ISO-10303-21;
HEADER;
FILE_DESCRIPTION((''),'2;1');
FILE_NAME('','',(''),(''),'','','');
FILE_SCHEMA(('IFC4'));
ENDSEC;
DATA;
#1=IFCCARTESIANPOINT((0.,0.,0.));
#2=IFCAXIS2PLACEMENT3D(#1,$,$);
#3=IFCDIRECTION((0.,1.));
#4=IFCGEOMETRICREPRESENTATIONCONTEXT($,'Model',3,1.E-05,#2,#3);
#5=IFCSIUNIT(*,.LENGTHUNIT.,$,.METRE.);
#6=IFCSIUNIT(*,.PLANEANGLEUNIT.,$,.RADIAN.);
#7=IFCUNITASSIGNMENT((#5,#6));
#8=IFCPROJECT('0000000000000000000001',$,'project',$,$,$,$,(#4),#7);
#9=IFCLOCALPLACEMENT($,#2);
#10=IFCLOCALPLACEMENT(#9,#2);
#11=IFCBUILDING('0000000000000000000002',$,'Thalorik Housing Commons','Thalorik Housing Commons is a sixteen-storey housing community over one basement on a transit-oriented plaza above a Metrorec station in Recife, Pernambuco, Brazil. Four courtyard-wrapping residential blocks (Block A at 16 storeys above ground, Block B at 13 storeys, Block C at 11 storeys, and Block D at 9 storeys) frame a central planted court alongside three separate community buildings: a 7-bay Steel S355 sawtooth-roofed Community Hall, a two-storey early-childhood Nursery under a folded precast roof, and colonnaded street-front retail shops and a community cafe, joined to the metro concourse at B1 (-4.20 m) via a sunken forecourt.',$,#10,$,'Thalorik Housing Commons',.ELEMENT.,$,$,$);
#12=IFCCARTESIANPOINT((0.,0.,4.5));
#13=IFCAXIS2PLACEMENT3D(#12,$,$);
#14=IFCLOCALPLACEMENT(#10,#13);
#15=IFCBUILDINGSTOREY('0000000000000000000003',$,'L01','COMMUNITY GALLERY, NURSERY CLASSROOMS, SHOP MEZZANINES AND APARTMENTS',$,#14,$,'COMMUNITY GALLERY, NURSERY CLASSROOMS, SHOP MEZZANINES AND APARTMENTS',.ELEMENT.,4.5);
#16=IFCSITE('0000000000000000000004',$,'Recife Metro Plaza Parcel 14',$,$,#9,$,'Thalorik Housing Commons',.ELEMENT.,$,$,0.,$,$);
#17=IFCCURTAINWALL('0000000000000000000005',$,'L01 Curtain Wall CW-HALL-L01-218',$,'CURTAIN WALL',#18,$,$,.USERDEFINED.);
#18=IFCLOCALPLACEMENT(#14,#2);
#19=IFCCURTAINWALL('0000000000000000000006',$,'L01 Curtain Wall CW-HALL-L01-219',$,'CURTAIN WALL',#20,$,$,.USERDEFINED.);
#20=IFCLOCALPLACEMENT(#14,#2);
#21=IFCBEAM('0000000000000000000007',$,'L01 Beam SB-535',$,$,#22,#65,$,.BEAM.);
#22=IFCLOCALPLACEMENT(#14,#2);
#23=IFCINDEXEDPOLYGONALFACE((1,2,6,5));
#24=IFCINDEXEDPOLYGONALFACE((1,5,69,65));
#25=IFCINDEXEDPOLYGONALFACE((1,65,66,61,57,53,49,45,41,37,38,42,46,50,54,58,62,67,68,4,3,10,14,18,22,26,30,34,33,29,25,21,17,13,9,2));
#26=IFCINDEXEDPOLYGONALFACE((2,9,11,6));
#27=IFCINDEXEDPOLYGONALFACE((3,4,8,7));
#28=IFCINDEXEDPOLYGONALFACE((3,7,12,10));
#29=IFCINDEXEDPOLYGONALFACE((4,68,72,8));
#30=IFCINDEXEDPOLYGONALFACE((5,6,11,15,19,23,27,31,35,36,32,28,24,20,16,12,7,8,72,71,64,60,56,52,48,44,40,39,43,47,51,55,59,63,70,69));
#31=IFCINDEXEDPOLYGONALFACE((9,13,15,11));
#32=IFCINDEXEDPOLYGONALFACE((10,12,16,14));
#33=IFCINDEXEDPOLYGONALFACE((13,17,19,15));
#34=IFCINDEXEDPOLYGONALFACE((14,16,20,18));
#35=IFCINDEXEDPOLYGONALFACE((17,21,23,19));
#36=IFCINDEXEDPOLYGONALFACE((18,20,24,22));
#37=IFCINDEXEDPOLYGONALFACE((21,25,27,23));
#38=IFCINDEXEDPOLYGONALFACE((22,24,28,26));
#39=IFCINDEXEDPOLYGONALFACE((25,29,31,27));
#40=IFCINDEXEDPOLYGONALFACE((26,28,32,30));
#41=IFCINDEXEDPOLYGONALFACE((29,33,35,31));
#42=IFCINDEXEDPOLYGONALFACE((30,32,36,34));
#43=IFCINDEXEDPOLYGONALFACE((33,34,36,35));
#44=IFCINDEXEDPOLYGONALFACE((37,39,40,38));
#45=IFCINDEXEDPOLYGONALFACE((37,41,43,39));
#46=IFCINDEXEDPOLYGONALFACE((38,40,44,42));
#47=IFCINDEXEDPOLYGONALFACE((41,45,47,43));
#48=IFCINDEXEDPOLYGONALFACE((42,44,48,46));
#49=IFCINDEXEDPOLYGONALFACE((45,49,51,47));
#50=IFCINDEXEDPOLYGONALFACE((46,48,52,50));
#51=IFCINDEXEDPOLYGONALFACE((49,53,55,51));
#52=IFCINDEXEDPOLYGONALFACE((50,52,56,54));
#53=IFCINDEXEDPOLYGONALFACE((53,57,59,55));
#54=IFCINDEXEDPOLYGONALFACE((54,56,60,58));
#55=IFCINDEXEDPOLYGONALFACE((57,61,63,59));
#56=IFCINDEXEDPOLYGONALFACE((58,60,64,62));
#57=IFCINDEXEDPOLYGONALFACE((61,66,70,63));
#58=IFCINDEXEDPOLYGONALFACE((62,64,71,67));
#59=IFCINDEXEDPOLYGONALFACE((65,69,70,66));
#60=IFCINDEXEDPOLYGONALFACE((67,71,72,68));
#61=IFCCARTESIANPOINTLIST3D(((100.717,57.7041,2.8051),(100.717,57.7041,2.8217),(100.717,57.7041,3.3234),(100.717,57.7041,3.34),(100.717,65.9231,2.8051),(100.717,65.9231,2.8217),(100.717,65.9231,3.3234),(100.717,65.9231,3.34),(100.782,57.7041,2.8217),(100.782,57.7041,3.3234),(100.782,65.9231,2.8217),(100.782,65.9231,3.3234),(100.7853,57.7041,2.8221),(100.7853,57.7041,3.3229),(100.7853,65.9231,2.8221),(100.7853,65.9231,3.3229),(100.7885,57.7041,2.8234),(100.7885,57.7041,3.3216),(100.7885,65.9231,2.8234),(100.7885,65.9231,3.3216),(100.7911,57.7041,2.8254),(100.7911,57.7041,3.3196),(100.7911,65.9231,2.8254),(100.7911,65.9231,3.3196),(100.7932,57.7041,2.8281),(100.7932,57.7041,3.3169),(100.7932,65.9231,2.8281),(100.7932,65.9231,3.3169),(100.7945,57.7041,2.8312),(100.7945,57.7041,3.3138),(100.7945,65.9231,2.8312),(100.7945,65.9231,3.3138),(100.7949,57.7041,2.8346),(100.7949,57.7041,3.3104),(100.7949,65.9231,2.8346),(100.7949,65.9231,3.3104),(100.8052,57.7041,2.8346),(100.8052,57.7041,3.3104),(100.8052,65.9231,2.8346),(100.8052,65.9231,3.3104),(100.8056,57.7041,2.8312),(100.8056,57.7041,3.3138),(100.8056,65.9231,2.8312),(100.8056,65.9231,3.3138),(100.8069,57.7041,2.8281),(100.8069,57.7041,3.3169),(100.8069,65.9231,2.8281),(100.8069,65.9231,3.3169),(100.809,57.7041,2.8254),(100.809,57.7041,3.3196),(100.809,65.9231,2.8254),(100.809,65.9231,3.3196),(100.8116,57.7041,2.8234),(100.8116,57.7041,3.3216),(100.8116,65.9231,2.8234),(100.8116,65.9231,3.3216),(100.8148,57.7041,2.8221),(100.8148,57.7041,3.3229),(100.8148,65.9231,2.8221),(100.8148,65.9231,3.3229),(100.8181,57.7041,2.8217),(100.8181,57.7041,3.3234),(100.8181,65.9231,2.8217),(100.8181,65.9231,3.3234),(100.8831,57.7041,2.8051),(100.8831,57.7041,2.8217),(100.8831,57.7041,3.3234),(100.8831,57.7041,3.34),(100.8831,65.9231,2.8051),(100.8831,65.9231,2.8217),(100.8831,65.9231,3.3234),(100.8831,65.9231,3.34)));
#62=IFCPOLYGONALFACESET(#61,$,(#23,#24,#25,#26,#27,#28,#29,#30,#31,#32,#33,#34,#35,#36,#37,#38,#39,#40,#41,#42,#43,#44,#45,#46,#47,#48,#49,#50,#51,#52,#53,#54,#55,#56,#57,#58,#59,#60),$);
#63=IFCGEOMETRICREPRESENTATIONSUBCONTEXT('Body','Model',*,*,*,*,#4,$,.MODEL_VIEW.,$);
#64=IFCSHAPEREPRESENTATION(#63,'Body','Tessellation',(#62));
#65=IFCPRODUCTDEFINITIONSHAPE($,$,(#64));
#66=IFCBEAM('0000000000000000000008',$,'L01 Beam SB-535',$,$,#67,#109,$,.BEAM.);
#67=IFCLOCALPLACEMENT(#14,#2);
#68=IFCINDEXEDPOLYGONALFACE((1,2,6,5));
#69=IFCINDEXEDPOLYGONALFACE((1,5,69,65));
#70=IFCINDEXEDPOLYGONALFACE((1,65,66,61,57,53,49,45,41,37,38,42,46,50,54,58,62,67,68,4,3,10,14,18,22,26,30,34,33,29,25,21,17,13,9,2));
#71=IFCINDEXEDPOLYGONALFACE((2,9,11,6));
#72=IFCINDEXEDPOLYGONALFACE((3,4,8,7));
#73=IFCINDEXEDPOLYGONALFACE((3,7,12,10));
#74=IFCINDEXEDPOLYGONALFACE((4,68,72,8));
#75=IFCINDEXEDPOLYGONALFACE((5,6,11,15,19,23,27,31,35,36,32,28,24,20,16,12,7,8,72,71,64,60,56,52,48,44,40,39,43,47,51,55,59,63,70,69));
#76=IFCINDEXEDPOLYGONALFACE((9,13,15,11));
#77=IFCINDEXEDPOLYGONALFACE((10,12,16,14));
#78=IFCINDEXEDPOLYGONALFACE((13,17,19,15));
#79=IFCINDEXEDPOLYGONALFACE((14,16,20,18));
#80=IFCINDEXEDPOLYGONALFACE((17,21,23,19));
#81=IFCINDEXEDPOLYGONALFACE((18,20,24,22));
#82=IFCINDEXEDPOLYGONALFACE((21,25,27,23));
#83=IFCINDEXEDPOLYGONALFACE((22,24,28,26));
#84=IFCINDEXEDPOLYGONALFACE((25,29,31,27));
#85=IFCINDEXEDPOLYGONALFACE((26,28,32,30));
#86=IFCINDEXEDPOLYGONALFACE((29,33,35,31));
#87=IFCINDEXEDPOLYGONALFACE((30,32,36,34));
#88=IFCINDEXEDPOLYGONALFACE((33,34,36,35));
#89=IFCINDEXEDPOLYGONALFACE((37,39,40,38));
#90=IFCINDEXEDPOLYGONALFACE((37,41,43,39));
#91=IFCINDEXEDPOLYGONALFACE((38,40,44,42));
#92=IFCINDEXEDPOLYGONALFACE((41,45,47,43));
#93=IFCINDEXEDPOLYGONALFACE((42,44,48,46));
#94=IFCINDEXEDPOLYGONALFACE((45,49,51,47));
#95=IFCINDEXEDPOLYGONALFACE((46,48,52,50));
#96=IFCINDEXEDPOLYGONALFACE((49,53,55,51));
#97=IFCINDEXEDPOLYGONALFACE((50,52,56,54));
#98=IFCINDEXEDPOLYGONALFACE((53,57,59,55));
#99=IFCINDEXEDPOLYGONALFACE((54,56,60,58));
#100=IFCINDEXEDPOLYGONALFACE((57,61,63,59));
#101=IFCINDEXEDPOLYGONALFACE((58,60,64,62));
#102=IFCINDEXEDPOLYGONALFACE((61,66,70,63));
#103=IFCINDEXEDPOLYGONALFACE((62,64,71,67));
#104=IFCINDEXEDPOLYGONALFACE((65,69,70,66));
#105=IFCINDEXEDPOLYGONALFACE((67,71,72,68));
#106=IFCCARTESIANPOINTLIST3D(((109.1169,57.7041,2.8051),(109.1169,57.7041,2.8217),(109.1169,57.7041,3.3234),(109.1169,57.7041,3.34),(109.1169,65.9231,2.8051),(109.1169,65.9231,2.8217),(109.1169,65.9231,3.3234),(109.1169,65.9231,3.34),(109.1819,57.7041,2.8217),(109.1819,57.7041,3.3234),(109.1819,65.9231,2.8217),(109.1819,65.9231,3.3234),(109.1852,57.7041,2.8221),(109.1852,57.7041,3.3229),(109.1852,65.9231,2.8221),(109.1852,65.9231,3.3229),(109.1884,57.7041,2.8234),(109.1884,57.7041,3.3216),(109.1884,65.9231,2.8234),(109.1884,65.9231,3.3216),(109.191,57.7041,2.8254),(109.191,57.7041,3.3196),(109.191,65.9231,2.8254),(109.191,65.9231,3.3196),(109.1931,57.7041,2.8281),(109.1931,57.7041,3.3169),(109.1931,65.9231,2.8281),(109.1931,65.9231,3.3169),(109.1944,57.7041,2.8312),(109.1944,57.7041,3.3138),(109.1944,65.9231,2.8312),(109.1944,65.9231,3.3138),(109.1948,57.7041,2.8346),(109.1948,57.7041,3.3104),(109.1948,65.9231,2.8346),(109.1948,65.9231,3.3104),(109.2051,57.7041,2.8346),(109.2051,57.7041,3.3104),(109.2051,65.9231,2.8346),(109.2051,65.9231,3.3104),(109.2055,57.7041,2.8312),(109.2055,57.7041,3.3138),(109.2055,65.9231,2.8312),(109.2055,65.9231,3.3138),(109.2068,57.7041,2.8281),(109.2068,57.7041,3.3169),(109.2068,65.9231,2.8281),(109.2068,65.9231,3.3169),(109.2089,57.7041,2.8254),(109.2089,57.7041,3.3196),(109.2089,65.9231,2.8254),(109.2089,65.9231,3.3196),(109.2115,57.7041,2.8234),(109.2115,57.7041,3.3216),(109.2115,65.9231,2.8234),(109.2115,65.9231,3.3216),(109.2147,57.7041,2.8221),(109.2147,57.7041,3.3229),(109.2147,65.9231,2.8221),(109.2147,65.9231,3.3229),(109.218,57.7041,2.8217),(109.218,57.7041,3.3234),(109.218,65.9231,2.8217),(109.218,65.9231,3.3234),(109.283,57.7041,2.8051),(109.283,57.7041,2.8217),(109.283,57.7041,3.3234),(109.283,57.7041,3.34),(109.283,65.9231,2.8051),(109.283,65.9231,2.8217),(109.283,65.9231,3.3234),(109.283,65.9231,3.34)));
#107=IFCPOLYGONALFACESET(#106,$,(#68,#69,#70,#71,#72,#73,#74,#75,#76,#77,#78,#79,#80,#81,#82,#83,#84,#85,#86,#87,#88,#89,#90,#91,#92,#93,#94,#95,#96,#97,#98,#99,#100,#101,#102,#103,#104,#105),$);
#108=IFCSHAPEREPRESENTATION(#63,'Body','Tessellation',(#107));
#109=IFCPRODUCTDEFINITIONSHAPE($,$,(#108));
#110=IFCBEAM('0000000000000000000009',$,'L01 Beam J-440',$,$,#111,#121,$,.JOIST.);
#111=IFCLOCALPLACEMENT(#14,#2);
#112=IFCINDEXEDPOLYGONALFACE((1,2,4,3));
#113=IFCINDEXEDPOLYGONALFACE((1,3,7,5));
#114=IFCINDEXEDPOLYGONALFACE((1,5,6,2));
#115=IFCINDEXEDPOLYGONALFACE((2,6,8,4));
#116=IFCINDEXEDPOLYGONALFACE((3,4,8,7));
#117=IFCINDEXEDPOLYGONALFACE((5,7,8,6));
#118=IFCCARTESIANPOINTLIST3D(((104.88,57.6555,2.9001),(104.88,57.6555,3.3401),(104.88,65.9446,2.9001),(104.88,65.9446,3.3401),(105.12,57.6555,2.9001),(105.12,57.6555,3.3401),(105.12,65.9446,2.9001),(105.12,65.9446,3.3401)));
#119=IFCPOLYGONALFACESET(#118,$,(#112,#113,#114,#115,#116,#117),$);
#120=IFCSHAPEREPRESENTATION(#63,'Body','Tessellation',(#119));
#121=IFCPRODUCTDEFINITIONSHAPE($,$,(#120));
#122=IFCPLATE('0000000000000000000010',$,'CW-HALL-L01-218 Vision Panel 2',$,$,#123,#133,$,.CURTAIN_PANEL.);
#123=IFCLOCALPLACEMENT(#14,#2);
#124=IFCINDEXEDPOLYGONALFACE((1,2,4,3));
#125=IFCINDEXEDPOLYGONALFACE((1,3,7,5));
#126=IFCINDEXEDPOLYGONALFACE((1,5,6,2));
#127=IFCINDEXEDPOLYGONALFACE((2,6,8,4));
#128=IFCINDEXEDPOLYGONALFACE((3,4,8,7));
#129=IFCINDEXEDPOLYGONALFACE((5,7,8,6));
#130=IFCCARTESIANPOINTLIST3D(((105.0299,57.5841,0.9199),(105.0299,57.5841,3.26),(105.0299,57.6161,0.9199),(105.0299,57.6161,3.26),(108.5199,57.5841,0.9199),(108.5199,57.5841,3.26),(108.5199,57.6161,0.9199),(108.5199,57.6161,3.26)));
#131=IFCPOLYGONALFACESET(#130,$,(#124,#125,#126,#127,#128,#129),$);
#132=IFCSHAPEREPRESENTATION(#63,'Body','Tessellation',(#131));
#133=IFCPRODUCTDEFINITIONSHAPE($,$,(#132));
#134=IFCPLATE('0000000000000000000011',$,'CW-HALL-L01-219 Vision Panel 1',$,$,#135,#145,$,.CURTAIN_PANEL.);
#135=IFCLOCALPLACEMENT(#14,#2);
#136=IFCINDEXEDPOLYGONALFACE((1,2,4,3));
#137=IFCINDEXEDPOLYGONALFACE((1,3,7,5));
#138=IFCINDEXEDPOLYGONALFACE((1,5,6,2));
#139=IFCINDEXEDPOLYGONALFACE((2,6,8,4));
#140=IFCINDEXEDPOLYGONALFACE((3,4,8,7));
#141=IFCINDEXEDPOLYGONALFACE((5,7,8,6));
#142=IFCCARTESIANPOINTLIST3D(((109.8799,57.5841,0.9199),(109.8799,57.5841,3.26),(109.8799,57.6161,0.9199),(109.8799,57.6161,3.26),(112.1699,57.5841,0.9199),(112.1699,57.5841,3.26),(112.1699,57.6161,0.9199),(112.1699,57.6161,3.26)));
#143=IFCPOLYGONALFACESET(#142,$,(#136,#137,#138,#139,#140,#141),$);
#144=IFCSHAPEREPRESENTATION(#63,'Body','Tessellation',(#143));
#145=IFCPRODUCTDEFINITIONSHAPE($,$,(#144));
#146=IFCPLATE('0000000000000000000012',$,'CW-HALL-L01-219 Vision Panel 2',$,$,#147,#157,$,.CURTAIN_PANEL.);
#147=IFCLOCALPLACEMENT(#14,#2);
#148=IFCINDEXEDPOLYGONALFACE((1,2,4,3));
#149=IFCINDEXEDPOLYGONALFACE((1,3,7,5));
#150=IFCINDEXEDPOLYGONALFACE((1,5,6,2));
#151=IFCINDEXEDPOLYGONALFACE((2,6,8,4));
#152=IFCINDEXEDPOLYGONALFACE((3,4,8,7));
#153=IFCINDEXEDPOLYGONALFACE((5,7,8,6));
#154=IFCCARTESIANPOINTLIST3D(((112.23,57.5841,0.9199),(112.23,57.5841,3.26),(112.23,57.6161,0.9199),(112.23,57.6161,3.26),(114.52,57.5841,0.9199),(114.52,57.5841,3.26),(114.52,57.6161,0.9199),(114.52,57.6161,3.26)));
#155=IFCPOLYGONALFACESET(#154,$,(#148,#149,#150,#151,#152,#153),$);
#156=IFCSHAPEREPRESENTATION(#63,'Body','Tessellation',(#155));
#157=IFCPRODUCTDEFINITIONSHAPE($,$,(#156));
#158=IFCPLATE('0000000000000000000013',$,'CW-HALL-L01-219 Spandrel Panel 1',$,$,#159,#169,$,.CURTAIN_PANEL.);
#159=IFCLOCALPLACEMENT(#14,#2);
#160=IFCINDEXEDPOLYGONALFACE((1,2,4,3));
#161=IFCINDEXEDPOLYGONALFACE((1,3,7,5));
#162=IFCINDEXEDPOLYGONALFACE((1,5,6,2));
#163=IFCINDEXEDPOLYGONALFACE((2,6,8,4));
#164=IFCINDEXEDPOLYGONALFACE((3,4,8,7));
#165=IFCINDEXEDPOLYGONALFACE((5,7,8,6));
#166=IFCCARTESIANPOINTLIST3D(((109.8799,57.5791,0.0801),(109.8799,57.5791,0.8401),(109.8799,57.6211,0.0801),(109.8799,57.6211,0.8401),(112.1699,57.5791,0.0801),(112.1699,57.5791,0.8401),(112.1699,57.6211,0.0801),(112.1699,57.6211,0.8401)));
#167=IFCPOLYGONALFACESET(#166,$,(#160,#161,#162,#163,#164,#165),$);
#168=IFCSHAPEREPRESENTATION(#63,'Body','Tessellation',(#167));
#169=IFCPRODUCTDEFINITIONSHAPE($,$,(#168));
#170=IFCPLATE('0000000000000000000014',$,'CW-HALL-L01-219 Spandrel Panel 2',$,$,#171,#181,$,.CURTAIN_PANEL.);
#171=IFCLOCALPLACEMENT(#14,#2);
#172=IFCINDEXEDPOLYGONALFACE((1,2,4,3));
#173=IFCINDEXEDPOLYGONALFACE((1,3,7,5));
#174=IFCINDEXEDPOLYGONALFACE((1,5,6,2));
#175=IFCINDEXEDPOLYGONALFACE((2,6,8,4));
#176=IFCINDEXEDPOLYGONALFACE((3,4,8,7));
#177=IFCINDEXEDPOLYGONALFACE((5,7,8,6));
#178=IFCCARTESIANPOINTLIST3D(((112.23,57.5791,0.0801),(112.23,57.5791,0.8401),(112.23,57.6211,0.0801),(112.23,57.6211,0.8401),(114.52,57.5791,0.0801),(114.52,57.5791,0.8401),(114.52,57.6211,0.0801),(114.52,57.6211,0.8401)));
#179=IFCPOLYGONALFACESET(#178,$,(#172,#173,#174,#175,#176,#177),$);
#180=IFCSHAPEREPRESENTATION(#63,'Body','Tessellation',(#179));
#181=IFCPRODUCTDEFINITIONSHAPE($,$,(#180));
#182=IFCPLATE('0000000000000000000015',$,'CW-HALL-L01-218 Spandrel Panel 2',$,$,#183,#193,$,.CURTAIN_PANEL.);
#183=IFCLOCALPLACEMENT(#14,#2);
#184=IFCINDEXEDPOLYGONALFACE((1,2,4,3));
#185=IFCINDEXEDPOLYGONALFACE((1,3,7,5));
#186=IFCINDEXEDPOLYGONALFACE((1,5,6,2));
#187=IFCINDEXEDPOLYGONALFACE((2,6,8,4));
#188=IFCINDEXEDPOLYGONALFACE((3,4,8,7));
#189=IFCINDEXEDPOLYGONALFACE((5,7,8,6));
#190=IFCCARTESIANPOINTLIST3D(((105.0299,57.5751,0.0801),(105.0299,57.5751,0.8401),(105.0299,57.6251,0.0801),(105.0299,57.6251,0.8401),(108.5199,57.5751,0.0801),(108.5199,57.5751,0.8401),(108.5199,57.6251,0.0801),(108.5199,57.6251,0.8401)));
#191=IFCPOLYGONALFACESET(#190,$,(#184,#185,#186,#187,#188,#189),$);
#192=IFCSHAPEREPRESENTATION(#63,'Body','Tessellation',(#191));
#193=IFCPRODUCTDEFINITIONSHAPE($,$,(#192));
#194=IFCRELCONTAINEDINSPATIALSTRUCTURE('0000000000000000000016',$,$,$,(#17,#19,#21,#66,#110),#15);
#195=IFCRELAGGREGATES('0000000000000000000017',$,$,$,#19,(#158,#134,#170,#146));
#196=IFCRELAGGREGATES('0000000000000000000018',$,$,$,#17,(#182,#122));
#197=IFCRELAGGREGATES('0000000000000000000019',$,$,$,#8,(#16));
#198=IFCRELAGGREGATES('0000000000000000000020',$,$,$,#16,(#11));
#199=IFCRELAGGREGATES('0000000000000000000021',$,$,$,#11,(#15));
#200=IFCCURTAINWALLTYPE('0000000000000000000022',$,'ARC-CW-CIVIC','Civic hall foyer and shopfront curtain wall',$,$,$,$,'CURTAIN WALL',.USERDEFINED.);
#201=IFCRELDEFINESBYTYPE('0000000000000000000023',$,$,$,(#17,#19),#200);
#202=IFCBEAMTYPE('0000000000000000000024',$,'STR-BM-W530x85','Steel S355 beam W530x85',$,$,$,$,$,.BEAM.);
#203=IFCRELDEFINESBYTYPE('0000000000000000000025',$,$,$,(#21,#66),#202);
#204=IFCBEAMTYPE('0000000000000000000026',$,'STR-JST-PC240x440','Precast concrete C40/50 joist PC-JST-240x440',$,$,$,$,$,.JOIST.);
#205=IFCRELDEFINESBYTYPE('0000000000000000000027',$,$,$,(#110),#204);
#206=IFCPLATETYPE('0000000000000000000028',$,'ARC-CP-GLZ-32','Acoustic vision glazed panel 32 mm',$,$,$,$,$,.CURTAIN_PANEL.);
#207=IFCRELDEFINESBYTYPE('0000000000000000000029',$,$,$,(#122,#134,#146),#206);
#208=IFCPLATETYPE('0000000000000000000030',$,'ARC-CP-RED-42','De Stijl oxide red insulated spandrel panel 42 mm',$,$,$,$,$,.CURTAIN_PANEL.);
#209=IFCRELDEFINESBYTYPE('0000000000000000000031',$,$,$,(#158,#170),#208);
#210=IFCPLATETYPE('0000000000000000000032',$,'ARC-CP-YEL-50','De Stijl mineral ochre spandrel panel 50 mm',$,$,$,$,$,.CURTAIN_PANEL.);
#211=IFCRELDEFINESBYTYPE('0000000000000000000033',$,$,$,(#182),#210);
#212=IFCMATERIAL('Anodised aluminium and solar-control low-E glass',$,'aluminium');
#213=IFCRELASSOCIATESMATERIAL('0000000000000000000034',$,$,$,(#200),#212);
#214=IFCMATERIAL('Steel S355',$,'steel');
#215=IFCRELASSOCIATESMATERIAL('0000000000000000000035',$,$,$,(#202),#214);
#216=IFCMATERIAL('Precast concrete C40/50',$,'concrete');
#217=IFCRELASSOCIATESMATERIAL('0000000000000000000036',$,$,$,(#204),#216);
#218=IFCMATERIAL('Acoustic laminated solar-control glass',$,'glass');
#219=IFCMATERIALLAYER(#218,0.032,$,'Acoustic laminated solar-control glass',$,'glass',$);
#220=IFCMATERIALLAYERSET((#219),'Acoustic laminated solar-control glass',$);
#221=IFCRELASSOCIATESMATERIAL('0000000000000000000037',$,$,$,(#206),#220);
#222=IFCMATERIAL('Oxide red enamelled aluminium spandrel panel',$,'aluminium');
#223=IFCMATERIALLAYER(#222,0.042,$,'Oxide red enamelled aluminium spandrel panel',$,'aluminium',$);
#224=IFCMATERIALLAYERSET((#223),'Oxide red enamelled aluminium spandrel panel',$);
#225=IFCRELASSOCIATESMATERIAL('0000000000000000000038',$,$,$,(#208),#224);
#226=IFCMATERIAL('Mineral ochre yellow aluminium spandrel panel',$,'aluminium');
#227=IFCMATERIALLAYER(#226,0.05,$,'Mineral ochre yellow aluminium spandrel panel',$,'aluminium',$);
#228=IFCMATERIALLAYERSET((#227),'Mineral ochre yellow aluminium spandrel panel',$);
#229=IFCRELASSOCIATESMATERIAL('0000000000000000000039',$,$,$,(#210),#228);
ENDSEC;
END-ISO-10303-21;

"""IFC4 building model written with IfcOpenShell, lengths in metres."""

from ifc_helpers import new_model, si_unit, direction, frame, origin, origin_2d, place, context, subcontext, project, spatial, rectangle, i_section, extrude, material, layer, layer_set, material_profile, profile_set, type_object, element, aggregate, save


model = new_model("IFC4")

# Units and contexts
model_context = context("Model", 3, precision=1e-05, world=origin(), true_north=direction((0.0, 1.0)))
body_context = subcontext(model_context, "Body", "Model", "MODEL_VIEW")
ifc_project = project(units=[si_unit("LENGTHUNIT", "METRE"), si_unit("PLANEANGLEUNIT", "RADIAN")], contexts=[model_context])

# Site, building, storey
site_placement = place(None, origin())
site = spatial("IfcSite", under=ifc_project, at=site_placement, Name="Recife Metro Plaza Parcel 14", LongName="Thalorik Housing Commons", CompositionType="ELEMENT", RefElevation=0.0)
building_placement = place(site_placement, origin())
building = spatial("IfcBuilding", under=site, at=building_placement, Name="Thalorik Housing Commons", Description="Thalorik Housing Commons is a sixteen-storey housing community over one basement on a transit-oriented plaza above a Metrorec station in Recife, Pernambuco, Brazil. Four courtyard-wrapping residential blocks (Block A at 16 storeys above ground, Block B at 13 storeys, Block C at 11 storeys, and Block D at 9 storeys) frame a central planted court alongside three separate community buildings: a 7-bay Steel S355 sawtooth-roofed Community Hall, a two-storey early-childhood Nursery under a folded precast roof, and colonnaded street-front retail shops and a community cafe, joined to the metro concourse at B1 (-4.20 m) via a sunken forecourt.", LongName="Thalorik Housing Commons", CompositionType="ELEMENT")
storey_placement = place(building_placement, frame((0.0, 0.0, 4.5)))
storey = spatial("IfcBuildingStorey", under=building, at=storey_placement, Name="L01", Description="COMMUNITY GALLERY, NURSERY CLASSROOMS, SHOP MEZZANINES AND APARTMENTS", LongName="COMMUNITY GALLERY, NURSERY CLASSROOMS, SHOP MEZZANINES AND APARTMENTS", CompositionType="ELEMENT", Elevation=4.5)

# Shared definitions
ifc_material_1 = material(Name="Steel S355", Category="steel")

# Curtain wall
ifc_material_2 = material(Name="Anodised aluminium and solar-control low-E glass", Category="aluminium")
curtain_wall_type = type_object("IfcCurtainWallType", Name="ARC-CW-CIVIC", Description="Civic hall foyer and shopfront curtain wall", ElementType="CURTAIN WALL", PredefinedType="USERDEFINED", material=ifc_material_2)
curtain_wall_1_placement = place(storey_placement, origin())
curtain_wall_1 = element("IfcCurtainWall", 1, at=curtain_wall_1_placement, inside=storey, type_object=curtain_wall_type, Name="L01 Curtain Wall CW-HALL-L01-218", ObjectType="CURTAIN WALL", PredefinedType="USERDEFINED")

# Curtain wall
curtain_wall_2_placement = place(storey_placement, origin())
curtain_wall_2 = element("IfcCurtainWall", 2, at=curtain_wall_2_placement, inside=storey, type_object=curtain_wall_type, Name="L01 Curtain Wall CW-HALL-L01-219", ObjectType="CURTAIN WALL", PredefinedType="USERDEFINED")

# Beams
ifc_material_profile_1 = material_profile(ifc_material_1, i_section(OverallWidth=0.166, OverallDepth=0.5349, WebThickness=0.0103, FlangeThickness=0.0166, FilletRadius=0.0129, at=origin_2d()), Name="W530x85", Category="steel")
ifc_profile_set_1 = profile_set([ifc_material_profile_1], Name="Steel S355")
beam_type_1 = type_object("IfcBeamType", Name="STR-BM-W530x85", Description="Steel S355 beam W530x85", PredefinedType="BEAM", material=ifc_profile_set_1)
for number, where, z_axis, x_axis, name in (
    (3, (100.8, 57.7041, 3.0725), (0.0, 1.0, 0.0), (-1.0, 0.0, 0.0), "L01 Beam SB-535"),
    (4, (109.2, 57.7041, 3.0725), (0.0, 1.0, 0.0), (-1.0, 0.0, 0.0), "L01 Beam SB-535"),
):
    element("IfcBeam", number, at=place(storey_placement, frame(where, z_axis=z_axis, x_axis=x_axis)), inside=storey, type_object=beam_type_1, Name=name, PredefinedType="BEAM", context=body_context, shape_type="SweptSolid", body=[
        extrude(i_section(OverallWidth=0.166, OverallDepth=0.5349, WebThickness=0.0103, FlangeThickness=0.0166, FilletRadius=0.0129, at=origin_2d()), origin(), (0.0, 0.0, 1.0), 8.219),
    ])
ifc_material_3 = material(Name="Precast concrete C40/50", Category="concrete")
ifc_material_profile_2 = material_profile(ifc_material_3, rectangle(XDim=0.24, YDim=0.4399, at=origin_2d()), Name="PC JST 240x440", Category="concrete")
ifc_profile_set_2 = profile_set([ifc_material_profile_2], Name="Precast concrete C40/50")
beam_type_2 = type_object("IfcBeamType", Name="STR-JST-PC240x440", Description="Precast concrete C40/50 joist PC-JST-240x440", PredefinedType="JOIST", material=ifc_profile_set_2)
beam_1_placement = place(storey_placement, frame((105.0, 57.6555, 3.1201), z_axis=(0.0, 1.0, 0.0), x_axis=(-1.0, 0.0, 0.0)))
element("IfcBeam", 5, at=beam_1_placement, inside=storey, type_object=beam_type_2, Name="L01 Beam J-440", PredefinedType="JOIST", context=body_context, shape_type="SweptSolid", body=[
    extrude(rectangle(XDim=0.24, YDim=0.4399, at=origin_2d()), origin(), (0.0, 0.0, 1.0), 8.2891),
])

# Plates
ifc_material_4 = material(Name="Acoustic laminated solar-control glass", Category="glass")
ifc_layer_1 = layer(ifc_material_4, 0.032, Name="Acoustic laminated solar-control glass", Category="glass")
ifc_layer_set_1 = layer_set([ifc_layer_1], Name="Acoustic laminated solar-control glass")
plate_type_1 = type_object("IfcPlateType", Name="ARC-CP-GLZ-32", Description="Acoustic vision glazed panel 32 mm", PredefinedType="CURTAIN_PANEL", material=ifc_layer_set_1)
plate_1_placement = place(storey_placement, frame((106.7749, 57.6001, 0.9199), z_axis=(0.0, 0.0, 1.0), x_axis=(1.0, 0.0, 0.0)))
plate_1 = element("IfcPlate", 6, at=plate_1_placement, type_object=plate_type_1, Name="CW-HALL-L01-218 Vision Panel 2", PredefinedType="CURTAIN_PANEL", context=body_context, shape_type="SweptSolid", body=[
    extrude(rectangle(XDim=3.49, YDim=0.032, at=origin_2d()), origin(), (0.0, 0.0, 1.0), 2.3401),
])
plate_2_placement = place(storey_placement, frame((111.0249, 57.6001, 0.9199), z_axis=(0.0, 0.0, 1.0), x_axis=(1.0, 0.0, 0.0)))
plate_2 = element("IfcPlate", 7, at=plate_2_placement, type_object=plate_type_1, Name="CW-HALL-L01-219 Vision Panel 1", PredefinedType="CURTAIN_PANEL", context=body_context, shape_type="SweptSolid", body=[
    extrude(rectangle(XDim=2.29, YDim=0.032, at=origin_2d()), origin(), (0.0, 0.0, 1.0), 2.3401),
])
plate_3_placement = place(storey_placement, frame((113.375, 57.6001, 0.9199), z_axis=(0.0, 0.0, 1.0), x_axis=(1.0, 0.0, 0.0)))
plate_3 = element("IfcPlate", 8, at=plate_3_placement, type_object=plate_type_1, Name="CW-HALL-L01-219 Vision Panel 2", PredefinedType="CURTAIN_PANEL", context=body_context, shape_type="SweptSolid", body=[
    extrude(rectangle(XDim=2.29, YDim=0.032, at=origin_2d()), origin(), (0.0, 0.0, 1.0), 2.3401),
])
ifc_material_5 = material(Name="Oxide red enamelled aluminium spandrel panel", Category="aluminium")
ifc_layer_2 = layer(ifc_material_5, 0.042, Name="Oxide red enamelled aluminium spandrel panel", Category="aluminium")
ifc_layer_set_2 = layer_set([ifc_layer_2], Name="Oxide red enamelled aluminium spandrel panel")
plate_type_2 = type_object("IfcPlateType", Name="ARC-CP-RED-42", Description="De Stijl oxide red insulated spandrel panel 42 mm", PredefinedType="CURTAIN_PANEL", material=ifc_layer_set_2)
plate_4_placement = place(storey_placement, frame((111.0249, 57.6001, 0.0801), z_axis=(0.0, 0.0, 1.0), x_axis=(1.0, 0.0, 0.0)))
plate_4 = element("IfcPlate", 9, at=plate_4_placement, type_object=plate_type_2, Name="CW-HALL-L01-219 Spandrel Panel 1", PredefinedType="CURTAIN_PANEL", context=body_context, shape_type="SweptSolid", body=[
    extrude(rectangle(XDim=2.29, YDim=0.042, at=origin_2d()), origin(), (0.0, 0.0, 1.0), 0.76),
])
plate_5_placement = place(storey_placement, frame((113.375, 57.6001, 0.0801), z_axis=(0.0, 0.0, 1.0), x_axis=(1.0, 0.0, 0.0)))
plate_5 = element("IfcPlate", 10, at=plate_5_placement, type_object=plate_type_2, Name="CW-HALL-L01-219 Spandrel Panel 2", PredefinedType="CURTAIN_PANEL", context=body_context, shape_type="SweptSolid", body=[
    extrude(rectangle(XDim=2.29, YDim=0.042, at=origin_2d()), origin(), (0.0, 0.0, 1.0), 0.76),
])
aggregate(curtain_wall_2, [plate_4, plate_2, plate_5, plate_3])
ifc_material_6 = material(Name="Mineral ochre yellow aluminium spandrel panel", Category="aluminium")
ifc_layer_3 = layer(ifc_material_6, 0.05, Name="Mineral ochre yellow aluminium spandrel panel", Category="aluminium")
ifc_layer_set_3 = layer_set([ifc_layer_3], Name="Mineral ochre yellow aluminium spandrel panel")
plate_type_3 = type_object("IfcPlateType", Name="ARC-CP-YEL-50", Description="De Stijl mineral ochre spandrel panel 50 mm", PredefinedType="CURTAIN_PANEL", material=ifc_layer_set_3)
plate_6_placement = place(storey_placement, frame((106.7749, 57.6001, 0.0801), z_axis=(0.0, 0.0, 1.0), x_axis=(1.0, 0.0, 0.0)))
plate_6 = element("IfcPlate", 11, at=plate_6_placement, type_object=plate_type_3, Name="CW-HALL-L01-218 Spandrel Panel 2", PredefinedType="CURTAIN_PANEL", context=body_context, shape_type="SweptSolid", body=[
    extrude(rectangle(XDim=3.49, YDim=0.05, at=origin_2d()), origin(), (0.0, 0.0, 1.0), 0.76),
])
aggregate(curtain_wall_1, [plate_6, plate_1])

save(model, "model.ifc")
